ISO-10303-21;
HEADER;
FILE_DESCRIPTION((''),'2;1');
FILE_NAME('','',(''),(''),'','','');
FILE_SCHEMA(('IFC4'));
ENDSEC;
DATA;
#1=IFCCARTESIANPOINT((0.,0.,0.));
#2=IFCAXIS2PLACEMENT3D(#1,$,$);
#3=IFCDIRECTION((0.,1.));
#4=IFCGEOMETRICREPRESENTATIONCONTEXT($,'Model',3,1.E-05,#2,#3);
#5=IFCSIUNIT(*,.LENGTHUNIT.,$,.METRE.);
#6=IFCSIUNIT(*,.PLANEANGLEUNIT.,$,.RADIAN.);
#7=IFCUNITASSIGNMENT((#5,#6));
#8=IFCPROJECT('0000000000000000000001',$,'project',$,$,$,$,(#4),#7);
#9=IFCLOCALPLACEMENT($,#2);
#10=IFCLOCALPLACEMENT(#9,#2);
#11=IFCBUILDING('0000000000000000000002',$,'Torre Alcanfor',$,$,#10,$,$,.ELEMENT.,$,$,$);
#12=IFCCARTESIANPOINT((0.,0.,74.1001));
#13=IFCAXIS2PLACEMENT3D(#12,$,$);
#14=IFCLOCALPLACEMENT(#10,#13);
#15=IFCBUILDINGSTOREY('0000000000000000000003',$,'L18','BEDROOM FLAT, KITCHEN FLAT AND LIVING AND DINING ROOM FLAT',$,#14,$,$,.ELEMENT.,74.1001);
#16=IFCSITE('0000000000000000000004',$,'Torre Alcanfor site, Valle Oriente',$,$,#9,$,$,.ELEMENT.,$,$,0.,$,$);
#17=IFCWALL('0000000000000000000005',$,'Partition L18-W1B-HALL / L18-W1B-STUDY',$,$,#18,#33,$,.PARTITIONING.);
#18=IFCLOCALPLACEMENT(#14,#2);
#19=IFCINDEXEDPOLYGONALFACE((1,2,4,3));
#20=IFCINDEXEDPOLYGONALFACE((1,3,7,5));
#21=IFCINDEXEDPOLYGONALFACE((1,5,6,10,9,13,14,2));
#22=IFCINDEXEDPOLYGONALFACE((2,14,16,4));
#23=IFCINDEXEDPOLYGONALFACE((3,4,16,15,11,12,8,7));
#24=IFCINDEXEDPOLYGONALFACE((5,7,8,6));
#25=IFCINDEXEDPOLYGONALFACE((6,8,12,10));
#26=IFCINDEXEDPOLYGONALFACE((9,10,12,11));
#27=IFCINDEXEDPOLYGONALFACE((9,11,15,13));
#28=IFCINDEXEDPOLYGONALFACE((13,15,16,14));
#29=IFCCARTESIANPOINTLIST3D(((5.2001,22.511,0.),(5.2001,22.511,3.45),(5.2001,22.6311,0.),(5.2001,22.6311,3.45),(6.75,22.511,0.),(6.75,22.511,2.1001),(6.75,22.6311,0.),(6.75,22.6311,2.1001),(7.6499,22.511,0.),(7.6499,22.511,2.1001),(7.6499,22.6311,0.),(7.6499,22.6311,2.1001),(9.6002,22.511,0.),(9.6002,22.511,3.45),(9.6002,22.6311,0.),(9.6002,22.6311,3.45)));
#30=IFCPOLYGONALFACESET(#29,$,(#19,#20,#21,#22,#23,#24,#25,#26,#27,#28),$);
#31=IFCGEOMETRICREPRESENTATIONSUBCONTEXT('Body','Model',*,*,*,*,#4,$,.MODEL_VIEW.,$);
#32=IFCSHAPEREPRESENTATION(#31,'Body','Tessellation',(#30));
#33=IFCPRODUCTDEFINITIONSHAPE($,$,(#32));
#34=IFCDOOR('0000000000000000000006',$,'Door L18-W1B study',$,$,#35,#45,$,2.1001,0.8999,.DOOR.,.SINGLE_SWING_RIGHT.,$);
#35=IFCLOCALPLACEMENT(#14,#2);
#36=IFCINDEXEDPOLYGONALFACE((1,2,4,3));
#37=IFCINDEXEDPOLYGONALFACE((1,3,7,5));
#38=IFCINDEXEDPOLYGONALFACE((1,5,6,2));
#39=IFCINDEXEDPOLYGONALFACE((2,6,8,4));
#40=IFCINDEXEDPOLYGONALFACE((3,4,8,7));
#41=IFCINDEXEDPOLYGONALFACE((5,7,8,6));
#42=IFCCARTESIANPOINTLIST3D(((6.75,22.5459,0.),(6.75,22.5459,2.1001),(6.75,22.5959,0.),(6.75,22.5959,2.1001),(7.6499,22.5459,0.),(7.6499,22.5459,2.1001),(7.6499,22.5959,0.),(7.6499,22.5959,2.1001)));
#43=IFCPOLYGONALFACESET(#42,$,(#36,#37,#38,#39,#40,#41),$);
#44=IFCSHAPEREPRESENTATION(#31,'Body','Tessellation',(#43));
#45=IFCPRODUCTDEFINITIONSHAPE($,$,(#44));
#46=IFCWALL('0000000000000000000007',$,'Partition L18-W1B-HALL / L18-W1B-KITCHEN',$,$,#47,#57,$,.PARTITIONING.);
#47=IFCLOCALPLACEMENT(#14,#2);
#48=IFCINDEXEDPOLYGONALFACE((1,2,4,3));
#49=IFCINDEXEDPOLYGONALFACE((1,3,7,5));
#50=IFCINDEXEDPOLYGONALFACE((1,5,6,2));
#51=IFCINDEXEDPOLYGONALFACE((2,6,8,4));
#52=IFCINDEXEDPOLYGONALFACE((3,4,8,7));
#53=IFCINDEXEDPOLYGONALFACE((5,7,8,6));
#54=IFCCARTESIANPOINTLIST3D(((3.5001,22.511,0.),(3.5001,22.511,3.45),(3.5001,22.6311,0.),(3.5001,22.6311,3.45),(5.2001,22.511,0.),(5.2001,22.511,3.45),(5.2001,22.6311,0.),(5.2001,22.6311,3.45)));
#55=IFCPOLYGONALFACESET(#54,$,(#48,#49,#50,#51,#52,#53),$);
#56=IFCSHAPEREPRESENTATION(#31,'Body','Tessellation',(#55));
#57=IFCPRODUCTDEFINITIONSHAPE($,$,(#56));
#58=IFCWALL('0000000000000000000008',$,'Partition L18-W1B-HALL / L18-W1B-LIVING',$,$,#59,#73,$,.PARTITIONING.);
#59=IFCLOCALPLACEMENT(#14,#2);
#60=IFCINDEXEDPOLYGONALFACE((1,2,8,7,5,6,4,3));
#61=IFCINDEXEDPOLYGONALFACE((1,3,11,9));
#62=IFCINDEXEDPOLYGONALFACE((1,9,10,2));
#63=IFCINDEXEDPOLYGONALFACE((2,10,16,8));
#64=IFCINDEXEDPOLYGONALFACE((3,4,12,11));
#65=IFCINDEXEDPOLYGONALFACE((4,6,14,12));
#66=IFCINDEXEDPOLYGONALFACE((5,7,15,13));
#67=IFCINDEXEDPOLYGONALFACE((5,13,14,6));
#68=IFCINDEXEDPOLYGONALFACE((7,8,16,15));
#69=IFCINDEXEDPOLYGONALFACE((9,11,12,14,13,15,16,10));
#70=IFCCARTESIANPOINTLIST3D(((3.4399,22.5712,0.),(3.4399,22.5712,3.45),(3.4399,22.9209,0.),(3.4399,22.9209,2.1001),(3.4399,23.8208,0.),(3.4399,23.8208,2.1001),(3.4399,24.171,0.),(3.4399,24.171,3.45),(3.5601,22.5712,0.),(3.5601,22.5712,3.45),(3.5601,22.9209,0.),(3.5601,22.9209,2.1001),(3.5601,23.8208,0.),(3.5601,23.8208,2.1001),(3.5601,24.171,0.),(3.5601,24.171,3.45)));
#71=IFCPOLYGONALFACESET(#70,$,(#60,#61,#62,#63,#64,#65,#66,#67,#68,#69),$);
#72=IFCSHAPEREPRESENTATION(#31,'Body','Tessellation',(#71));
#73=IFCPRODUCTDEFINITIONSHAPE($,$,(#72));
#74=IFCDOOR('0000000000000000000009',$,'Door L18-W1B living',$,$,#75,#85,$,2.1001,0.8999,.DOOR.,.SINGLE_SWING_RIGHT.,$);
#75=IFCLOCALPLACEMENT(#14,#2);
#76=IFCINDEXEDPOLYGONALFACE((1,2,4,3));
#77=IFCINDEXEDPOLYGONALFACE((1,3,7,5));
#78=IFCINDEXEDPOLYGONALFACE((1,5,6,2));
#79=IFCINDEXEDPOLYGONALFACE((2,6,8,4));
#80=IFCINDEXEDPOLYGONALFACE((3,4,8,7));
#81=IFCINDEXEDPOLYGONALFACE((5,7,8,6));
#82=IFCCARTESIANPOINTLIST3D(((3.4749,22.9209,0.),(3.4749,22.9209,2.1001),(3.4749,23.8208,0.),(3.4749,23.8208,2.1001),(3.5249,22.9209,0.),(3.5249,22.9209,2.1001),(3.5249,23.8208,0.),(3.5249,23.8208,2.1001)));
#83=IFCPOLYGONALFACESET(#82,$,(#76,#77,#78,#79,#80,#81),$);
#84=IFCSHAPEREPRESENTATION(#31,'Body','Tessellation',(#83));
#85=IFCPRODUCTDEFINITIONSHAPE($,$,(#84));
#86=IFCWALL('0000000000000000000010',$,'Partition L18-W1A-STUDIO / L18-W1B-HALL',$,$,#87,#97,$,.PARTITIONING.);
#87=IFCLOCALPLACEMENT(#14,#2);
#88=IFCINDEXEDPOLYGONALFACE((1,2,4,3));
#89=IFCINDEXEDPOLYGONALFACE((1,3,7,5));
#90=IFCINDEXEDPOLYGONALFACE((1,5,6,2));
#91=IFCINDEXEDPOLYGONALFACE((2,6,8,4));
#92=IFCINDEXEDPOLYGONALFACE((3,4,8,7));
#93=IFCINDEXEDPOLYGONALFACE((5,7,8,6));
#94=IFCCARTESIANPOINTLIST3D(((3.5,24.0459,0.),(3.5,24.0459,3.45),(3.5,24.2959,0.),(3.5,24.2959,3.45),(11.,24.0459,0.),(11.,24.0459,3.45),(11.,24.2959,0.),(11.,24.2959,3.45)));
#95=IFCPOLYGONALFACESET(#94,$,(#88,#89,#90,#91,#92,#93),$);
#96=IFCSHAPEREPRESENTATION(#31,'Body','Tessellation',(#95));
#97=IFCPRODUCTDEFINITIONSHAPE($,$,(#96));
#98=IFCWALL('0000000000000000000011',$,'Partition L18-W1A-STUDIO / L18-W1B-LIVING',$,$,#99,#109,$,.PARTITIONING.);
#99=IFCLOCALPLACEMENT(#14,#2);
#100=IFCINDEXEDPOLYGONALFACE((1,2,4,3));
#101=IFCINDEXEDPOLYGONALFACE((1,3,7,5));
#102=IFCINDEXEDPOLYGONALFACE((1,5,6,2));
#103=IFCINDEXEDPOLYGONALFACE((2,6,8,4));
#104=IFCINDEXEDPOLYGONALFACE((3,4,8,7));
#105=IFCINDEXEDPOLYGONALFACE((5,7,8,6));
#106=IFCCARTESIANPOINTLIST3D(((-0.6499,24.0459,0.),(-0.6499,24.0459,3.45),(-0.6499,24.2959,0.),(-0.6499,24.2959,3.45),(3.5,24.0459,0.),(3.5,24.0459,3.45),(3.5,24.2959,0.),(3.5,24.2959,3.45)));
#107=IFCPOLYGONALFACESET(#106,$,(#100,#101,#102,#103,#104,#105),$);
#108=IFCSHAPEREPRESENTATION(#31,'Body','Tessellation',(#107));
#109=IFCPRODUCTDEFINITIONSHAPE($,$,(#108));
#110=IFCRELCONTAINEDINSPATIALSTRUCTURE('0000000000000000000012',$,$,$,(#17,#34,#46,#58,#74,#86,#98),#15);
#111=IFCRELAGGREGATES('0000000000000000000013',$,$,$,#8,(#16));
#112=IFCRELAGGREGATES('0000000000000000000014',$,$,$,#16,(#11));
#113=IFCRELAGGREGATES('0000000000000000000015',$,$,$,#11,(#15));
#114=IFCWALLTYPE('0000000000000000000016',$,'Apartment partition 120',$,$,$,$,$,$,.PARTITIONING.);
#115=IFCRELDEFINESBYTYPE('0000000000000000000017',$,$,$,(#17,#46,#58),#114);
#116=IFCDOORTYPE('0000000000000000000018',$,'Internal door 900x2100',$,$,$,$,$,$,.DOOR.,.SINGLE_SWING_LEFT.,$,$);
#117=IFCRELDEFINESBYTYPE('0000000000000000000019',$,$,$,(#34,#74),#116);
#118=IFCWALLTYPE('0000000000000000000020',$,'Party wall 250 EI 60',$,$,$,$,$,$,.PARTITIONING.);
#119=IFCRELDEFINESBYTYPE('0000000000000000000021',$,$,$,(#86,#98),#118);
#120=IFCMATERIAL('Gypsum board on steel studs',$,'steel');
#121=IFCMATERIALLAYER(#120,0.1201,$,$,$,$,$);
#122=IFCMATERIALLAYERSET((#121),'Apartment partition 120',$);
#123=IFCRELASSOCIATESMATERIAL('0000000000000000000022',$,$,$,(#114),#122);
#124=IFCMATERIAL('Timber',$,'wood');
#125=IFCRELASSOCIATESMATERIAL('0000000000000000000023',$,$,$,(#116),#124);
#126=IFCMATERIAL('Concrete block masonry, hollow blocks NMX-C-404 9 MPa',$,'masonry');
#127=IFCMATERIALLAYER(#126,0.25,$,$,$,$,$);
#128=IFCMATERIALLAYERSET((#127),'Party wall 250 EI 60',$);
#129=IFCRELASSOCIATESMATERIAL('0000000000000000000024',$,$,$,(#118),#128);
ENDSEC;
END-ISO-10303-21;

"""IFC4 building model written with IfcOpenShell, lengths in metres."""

from ifc_helpers import new_model, si_unit, direction, frame, frame_2d, origin, place, context, subcontext, project, spatial, rectangle, extrude, material, layer, layer_set, type_object, element, fill, save


model = new_model("IFC4")

# Units and contexts
model_context = context("Model", 3, precision=1e-05, world=origin(), true_north=direction((0.0, 1.0)))
body_context = subcontext(model_context, "Body", "Model", "MODEL_VIEW")
ifc_project = project(units=[si_unit("LENGTHUNIT", "METRE"), si_unit("PLANEANGLEUNIT", "RADIAN")], contexts=[model_context])

# Site, building, storey
site_placement = place(None, origin())
site = spatial("IfcSite", under=ifc_project, at=site_placement, Name="Torre Alcanfor site, Valle Oriente", CompositionType="ELEMENT", RefElevation=0.0)
building_placement = place(site_placement, origin())
building = spatial("IfcBuilding", under=site, at=building_placement, Name="Torre Alcanfor", CompositionType="ELEMENT")
storey_placement = place(building_placement, frame((0.0, 0.0, 74.1001)))
storey = spatial("IfcBuildingStorey", under=building, at=storey_placement, Name="L18", Description="BEDROOM FLAT, KITCHEN FLAT AND LIVING AND DINING ROOM FLAT", CompositionType="ELEMENT", Elevation=74.1001)

# Wall, opening, door
ifc_material_1 = material(Name="Gypsum board on steel studs", Category="steel")
ifc_layer_1 = layer(ifc_material_1, 0.1201)
ifc_layer_set_1 = layer_set([ifc_layer_1], Name="Apartment partition 120")
wall_type_1 = type_object("IfcWallType", Name="Apartment partition 120", PredefinedType="PARTITIONING", material=ifc_layer_set_1)
wall_1_placement = place(storey_placement, frame((5.2, 22.571, 0.0), z_axis=(0.0, 0.0, 1.0), x_axis=(1.0, 0.0, 0.0)))
wall_1 = element("IfcWall", 1, at=wall_1_placement, inside=storey, type_object=wall_type_1, Name="Partition L18-W1B-HALL / L18-W1B-STUDY", PredefinedType="PARTITIONING", context=body_context, shape_type="SweptSolid", body=[
    extrude(rectangle(XDim=4.4001, YDim=0.1201, at=frame_2d((2.2002, 0.0))), origin(), (0.0, 0.0, 1.0), 3.45),
])
opening_1_placement = place(wall_1_placement, frame((1.55, 0.0, 0.0)))
opening_1 = element("IfcOpeningElement", 2, at=opening_1_placement, cuts=wall_1, PredefinedType="OPENING", context=body_context, shape_type="SweptSolid", body=[
    extrude(rectangle(XDim=0.8999, YDim=2.1001, at=frame_2d((0.45, 1.05))), frame((0.0, 0.0701, 0.0), z_axis=(0.0, -1.0, 0.0), x_axis=(1.0, 0.0, 0.0)), (0.0, 0.0, 1.0), 0.1401),
])
ifc_material_2 = material(Name="Timber", Category="wood")
door_type = type_object("IfcDoorType", Name="Internal door 900x2100", OperationType="SINGLE_SWING_LEFT", PredefinedType="DOOR", material=ifc_material_2)
door_1_placement = place(opening_1_placement, frame((0.8999, 0.0, 0.0), z_axis=(0.0, 0.0, 1.0), x_axis=(-1.0, 0.0, 0.0)))
door_1 = element("IfcDoor", 3, at=door_1_placement, inside=storey, type_object=door_type, Name="Door L18-W1B study", OperationType="SINGLE_SWING_RIGHT", OverallHeight=2.1001, OverallWidth=0.8999, PredefinedType="DOOR", context=body_context, shape_type="SweptSolid", body=[
    extrude(rectangle(XDim=0.8999, YDim=2.1001, at=frame_2d((0.45, 1.05))), frame((0.0, 0.0251, 0.0), z_axis=(0.0, -1.0, 0.0), x_axis=(1.0, 0.0, 0.0)), (0.0, 0.0, 1.0), 0.05),
])
fill(opening_1, door_1)

# Wall
wall_2_placement = place(storey_placement, frame((3.5, 22.571, 0.0), z_axis=(0.0, 0.0, 1.0), x_axis=(1.0, 0.0, 0.0)))
element("IfcWall", 4, at=wall_2_placement, inside=storey, type_object=wall_type_1, Name="Partition L18-W1B-HALL / L18-W1B-KITCHEN", PredefinedType="PARTITIONING", context=body_context, shape_type="SweptSolid", body=[
    extrude(rectangle(XDim=1.7, YDim=0.1201, at=frame_2d((0.8501, 0.0))), origin(), (0.0, 0.0, 1.0), 3.45),
])

# Wall, opening, door
wall_3_placement = place(storey_placement, frame((3.5, 24.1709, 0.0), z_axis=(0.0, 0.0, 1.0), x_axis=(0.0, -1.0, 0.0)))
wall_3 = element("IfcWall", 5, at=wall_3_placement, inside=storey, type_object=wall_type_1, Name="Partition L18-W1B-HALL / L18-W1B-LIVING", PredefinedType="PARTITIONING", context=body_context, shape_type="SweptSolid", body=[
    extrude(rectangle(XDim=1.5999, YDim=0.1201, at=frame_2d((0.7998, 0.0))), origin(), (0.0, 0.0, 1.0), 3.45),
])
opening_2_placement = place(wall_3_placement, frame((0.3501, 0.0, 0.0)))
opening_2 = element("IfcOpeningElement", 6, at=opening_2_placement, cuts=wall_3, PredefinedType="OPENING", context=body_context, shape_type="SweptSolid", body=[
    extrude(rectangle(XDim=0.8999, YDim=2.1001, at=frame_2d((0.45, 1.05))), frame((0.0, 0.0701, 0.0), z_axis=(0.0, -1.0, 0.0), x_axis=(1.0, 0.0, 0.0)), (0.0, 0.0, 1.0), 0.1401),
])
door_2_placement = place(opening_2_placement, frame((0.8999, 0.0, 0.0), z_axis=(0.0, 0.0, 1.0), x_axis=(-1.0, 0.0, 0.0)))
door_2 = element("IfcDoor", 7, at=door_2_placement, inside=storey, type_object=door_type, Name="Door L18-W1B living", OperationType="SINGLE_SWING_RIGHT", OverallHeight=2.1001, OverallWidth=0.8999, PredefinedType="DOOR", context=body_context, shape_type="SweptSolid", body=[
    extrude(rectangle(XDim=0.8999, YDim=2.1001, at=frame_2d((0.45, 1.05))), frame((0.0, 0.0251, 0.0), z_axis=(0.0, -1.0, 0.0), x_axis=(1.0, 0.0, 0.0)), (0.0, 0.0, 1.0), 0.05),
])
fill(opening_2, door_2)

# Walls
ifc_material_3 = material(Name="Concrete block masonry, hollow blocks NMX-C-404 9 MPa", Category="masonry")
ifc_layer_2 = layer(ifc_material_3, 0.25)
ifc_layer_set_2 = layer_set([ifc_layer_2], Name="Party wall 250 EI 60")
wall_type_2 = type_object("IfcWallType", Name="Party wall 250 EI 60", PredefinedType="PARTITIONING", material=ifc_layer_set_2)
wall_4_placement = place(storey_placement, frame((3.5, 24.1709, 0.0), z_axis=(0.0, 0.0, 1.0), x_axis=(1.0, 0.0, 0.0)))
element("IfcWall", 8, at=wall_4_placement, inside=storey, type_object=wall_type_2, Name="Partition L18-W1A-STUDIO / L18-W1B-HALL", PredefinedType="PARTITIONING", context=body_context, shape_type="SweptSolid", body=[
    extrude(rectangle(XDim=7.5, YDim=0.25, at=frame_2d((3.75, 0.0))), origin(), (0.0, 0.0, 1.0), 3.45),
])
wall_5_placement = place(storey_placement, frame((-0.6499, 24.1709, 0.0), z_axis=(0.0, 0.0, 1.0), x_axis=(1.0, 0.0, 0.0)))
element("IfcWall", 9, at=wall_5_placement, inside=storey, type_object=wall_type_2, Name="Partition L18-W1A-STUDIO / L18-W1B-LIVING", PredefinedType="PARTITIONING", context=body_context, shape_type="SweptSolid", body=[
    extrude(rectangle(XDim=4.1499, YDim=0.25, at=frame_2d((2.075, 0.0))), origin(), (0.0, 0.0, 1.0), 3.45),
])

save(model, "model.ifc")
